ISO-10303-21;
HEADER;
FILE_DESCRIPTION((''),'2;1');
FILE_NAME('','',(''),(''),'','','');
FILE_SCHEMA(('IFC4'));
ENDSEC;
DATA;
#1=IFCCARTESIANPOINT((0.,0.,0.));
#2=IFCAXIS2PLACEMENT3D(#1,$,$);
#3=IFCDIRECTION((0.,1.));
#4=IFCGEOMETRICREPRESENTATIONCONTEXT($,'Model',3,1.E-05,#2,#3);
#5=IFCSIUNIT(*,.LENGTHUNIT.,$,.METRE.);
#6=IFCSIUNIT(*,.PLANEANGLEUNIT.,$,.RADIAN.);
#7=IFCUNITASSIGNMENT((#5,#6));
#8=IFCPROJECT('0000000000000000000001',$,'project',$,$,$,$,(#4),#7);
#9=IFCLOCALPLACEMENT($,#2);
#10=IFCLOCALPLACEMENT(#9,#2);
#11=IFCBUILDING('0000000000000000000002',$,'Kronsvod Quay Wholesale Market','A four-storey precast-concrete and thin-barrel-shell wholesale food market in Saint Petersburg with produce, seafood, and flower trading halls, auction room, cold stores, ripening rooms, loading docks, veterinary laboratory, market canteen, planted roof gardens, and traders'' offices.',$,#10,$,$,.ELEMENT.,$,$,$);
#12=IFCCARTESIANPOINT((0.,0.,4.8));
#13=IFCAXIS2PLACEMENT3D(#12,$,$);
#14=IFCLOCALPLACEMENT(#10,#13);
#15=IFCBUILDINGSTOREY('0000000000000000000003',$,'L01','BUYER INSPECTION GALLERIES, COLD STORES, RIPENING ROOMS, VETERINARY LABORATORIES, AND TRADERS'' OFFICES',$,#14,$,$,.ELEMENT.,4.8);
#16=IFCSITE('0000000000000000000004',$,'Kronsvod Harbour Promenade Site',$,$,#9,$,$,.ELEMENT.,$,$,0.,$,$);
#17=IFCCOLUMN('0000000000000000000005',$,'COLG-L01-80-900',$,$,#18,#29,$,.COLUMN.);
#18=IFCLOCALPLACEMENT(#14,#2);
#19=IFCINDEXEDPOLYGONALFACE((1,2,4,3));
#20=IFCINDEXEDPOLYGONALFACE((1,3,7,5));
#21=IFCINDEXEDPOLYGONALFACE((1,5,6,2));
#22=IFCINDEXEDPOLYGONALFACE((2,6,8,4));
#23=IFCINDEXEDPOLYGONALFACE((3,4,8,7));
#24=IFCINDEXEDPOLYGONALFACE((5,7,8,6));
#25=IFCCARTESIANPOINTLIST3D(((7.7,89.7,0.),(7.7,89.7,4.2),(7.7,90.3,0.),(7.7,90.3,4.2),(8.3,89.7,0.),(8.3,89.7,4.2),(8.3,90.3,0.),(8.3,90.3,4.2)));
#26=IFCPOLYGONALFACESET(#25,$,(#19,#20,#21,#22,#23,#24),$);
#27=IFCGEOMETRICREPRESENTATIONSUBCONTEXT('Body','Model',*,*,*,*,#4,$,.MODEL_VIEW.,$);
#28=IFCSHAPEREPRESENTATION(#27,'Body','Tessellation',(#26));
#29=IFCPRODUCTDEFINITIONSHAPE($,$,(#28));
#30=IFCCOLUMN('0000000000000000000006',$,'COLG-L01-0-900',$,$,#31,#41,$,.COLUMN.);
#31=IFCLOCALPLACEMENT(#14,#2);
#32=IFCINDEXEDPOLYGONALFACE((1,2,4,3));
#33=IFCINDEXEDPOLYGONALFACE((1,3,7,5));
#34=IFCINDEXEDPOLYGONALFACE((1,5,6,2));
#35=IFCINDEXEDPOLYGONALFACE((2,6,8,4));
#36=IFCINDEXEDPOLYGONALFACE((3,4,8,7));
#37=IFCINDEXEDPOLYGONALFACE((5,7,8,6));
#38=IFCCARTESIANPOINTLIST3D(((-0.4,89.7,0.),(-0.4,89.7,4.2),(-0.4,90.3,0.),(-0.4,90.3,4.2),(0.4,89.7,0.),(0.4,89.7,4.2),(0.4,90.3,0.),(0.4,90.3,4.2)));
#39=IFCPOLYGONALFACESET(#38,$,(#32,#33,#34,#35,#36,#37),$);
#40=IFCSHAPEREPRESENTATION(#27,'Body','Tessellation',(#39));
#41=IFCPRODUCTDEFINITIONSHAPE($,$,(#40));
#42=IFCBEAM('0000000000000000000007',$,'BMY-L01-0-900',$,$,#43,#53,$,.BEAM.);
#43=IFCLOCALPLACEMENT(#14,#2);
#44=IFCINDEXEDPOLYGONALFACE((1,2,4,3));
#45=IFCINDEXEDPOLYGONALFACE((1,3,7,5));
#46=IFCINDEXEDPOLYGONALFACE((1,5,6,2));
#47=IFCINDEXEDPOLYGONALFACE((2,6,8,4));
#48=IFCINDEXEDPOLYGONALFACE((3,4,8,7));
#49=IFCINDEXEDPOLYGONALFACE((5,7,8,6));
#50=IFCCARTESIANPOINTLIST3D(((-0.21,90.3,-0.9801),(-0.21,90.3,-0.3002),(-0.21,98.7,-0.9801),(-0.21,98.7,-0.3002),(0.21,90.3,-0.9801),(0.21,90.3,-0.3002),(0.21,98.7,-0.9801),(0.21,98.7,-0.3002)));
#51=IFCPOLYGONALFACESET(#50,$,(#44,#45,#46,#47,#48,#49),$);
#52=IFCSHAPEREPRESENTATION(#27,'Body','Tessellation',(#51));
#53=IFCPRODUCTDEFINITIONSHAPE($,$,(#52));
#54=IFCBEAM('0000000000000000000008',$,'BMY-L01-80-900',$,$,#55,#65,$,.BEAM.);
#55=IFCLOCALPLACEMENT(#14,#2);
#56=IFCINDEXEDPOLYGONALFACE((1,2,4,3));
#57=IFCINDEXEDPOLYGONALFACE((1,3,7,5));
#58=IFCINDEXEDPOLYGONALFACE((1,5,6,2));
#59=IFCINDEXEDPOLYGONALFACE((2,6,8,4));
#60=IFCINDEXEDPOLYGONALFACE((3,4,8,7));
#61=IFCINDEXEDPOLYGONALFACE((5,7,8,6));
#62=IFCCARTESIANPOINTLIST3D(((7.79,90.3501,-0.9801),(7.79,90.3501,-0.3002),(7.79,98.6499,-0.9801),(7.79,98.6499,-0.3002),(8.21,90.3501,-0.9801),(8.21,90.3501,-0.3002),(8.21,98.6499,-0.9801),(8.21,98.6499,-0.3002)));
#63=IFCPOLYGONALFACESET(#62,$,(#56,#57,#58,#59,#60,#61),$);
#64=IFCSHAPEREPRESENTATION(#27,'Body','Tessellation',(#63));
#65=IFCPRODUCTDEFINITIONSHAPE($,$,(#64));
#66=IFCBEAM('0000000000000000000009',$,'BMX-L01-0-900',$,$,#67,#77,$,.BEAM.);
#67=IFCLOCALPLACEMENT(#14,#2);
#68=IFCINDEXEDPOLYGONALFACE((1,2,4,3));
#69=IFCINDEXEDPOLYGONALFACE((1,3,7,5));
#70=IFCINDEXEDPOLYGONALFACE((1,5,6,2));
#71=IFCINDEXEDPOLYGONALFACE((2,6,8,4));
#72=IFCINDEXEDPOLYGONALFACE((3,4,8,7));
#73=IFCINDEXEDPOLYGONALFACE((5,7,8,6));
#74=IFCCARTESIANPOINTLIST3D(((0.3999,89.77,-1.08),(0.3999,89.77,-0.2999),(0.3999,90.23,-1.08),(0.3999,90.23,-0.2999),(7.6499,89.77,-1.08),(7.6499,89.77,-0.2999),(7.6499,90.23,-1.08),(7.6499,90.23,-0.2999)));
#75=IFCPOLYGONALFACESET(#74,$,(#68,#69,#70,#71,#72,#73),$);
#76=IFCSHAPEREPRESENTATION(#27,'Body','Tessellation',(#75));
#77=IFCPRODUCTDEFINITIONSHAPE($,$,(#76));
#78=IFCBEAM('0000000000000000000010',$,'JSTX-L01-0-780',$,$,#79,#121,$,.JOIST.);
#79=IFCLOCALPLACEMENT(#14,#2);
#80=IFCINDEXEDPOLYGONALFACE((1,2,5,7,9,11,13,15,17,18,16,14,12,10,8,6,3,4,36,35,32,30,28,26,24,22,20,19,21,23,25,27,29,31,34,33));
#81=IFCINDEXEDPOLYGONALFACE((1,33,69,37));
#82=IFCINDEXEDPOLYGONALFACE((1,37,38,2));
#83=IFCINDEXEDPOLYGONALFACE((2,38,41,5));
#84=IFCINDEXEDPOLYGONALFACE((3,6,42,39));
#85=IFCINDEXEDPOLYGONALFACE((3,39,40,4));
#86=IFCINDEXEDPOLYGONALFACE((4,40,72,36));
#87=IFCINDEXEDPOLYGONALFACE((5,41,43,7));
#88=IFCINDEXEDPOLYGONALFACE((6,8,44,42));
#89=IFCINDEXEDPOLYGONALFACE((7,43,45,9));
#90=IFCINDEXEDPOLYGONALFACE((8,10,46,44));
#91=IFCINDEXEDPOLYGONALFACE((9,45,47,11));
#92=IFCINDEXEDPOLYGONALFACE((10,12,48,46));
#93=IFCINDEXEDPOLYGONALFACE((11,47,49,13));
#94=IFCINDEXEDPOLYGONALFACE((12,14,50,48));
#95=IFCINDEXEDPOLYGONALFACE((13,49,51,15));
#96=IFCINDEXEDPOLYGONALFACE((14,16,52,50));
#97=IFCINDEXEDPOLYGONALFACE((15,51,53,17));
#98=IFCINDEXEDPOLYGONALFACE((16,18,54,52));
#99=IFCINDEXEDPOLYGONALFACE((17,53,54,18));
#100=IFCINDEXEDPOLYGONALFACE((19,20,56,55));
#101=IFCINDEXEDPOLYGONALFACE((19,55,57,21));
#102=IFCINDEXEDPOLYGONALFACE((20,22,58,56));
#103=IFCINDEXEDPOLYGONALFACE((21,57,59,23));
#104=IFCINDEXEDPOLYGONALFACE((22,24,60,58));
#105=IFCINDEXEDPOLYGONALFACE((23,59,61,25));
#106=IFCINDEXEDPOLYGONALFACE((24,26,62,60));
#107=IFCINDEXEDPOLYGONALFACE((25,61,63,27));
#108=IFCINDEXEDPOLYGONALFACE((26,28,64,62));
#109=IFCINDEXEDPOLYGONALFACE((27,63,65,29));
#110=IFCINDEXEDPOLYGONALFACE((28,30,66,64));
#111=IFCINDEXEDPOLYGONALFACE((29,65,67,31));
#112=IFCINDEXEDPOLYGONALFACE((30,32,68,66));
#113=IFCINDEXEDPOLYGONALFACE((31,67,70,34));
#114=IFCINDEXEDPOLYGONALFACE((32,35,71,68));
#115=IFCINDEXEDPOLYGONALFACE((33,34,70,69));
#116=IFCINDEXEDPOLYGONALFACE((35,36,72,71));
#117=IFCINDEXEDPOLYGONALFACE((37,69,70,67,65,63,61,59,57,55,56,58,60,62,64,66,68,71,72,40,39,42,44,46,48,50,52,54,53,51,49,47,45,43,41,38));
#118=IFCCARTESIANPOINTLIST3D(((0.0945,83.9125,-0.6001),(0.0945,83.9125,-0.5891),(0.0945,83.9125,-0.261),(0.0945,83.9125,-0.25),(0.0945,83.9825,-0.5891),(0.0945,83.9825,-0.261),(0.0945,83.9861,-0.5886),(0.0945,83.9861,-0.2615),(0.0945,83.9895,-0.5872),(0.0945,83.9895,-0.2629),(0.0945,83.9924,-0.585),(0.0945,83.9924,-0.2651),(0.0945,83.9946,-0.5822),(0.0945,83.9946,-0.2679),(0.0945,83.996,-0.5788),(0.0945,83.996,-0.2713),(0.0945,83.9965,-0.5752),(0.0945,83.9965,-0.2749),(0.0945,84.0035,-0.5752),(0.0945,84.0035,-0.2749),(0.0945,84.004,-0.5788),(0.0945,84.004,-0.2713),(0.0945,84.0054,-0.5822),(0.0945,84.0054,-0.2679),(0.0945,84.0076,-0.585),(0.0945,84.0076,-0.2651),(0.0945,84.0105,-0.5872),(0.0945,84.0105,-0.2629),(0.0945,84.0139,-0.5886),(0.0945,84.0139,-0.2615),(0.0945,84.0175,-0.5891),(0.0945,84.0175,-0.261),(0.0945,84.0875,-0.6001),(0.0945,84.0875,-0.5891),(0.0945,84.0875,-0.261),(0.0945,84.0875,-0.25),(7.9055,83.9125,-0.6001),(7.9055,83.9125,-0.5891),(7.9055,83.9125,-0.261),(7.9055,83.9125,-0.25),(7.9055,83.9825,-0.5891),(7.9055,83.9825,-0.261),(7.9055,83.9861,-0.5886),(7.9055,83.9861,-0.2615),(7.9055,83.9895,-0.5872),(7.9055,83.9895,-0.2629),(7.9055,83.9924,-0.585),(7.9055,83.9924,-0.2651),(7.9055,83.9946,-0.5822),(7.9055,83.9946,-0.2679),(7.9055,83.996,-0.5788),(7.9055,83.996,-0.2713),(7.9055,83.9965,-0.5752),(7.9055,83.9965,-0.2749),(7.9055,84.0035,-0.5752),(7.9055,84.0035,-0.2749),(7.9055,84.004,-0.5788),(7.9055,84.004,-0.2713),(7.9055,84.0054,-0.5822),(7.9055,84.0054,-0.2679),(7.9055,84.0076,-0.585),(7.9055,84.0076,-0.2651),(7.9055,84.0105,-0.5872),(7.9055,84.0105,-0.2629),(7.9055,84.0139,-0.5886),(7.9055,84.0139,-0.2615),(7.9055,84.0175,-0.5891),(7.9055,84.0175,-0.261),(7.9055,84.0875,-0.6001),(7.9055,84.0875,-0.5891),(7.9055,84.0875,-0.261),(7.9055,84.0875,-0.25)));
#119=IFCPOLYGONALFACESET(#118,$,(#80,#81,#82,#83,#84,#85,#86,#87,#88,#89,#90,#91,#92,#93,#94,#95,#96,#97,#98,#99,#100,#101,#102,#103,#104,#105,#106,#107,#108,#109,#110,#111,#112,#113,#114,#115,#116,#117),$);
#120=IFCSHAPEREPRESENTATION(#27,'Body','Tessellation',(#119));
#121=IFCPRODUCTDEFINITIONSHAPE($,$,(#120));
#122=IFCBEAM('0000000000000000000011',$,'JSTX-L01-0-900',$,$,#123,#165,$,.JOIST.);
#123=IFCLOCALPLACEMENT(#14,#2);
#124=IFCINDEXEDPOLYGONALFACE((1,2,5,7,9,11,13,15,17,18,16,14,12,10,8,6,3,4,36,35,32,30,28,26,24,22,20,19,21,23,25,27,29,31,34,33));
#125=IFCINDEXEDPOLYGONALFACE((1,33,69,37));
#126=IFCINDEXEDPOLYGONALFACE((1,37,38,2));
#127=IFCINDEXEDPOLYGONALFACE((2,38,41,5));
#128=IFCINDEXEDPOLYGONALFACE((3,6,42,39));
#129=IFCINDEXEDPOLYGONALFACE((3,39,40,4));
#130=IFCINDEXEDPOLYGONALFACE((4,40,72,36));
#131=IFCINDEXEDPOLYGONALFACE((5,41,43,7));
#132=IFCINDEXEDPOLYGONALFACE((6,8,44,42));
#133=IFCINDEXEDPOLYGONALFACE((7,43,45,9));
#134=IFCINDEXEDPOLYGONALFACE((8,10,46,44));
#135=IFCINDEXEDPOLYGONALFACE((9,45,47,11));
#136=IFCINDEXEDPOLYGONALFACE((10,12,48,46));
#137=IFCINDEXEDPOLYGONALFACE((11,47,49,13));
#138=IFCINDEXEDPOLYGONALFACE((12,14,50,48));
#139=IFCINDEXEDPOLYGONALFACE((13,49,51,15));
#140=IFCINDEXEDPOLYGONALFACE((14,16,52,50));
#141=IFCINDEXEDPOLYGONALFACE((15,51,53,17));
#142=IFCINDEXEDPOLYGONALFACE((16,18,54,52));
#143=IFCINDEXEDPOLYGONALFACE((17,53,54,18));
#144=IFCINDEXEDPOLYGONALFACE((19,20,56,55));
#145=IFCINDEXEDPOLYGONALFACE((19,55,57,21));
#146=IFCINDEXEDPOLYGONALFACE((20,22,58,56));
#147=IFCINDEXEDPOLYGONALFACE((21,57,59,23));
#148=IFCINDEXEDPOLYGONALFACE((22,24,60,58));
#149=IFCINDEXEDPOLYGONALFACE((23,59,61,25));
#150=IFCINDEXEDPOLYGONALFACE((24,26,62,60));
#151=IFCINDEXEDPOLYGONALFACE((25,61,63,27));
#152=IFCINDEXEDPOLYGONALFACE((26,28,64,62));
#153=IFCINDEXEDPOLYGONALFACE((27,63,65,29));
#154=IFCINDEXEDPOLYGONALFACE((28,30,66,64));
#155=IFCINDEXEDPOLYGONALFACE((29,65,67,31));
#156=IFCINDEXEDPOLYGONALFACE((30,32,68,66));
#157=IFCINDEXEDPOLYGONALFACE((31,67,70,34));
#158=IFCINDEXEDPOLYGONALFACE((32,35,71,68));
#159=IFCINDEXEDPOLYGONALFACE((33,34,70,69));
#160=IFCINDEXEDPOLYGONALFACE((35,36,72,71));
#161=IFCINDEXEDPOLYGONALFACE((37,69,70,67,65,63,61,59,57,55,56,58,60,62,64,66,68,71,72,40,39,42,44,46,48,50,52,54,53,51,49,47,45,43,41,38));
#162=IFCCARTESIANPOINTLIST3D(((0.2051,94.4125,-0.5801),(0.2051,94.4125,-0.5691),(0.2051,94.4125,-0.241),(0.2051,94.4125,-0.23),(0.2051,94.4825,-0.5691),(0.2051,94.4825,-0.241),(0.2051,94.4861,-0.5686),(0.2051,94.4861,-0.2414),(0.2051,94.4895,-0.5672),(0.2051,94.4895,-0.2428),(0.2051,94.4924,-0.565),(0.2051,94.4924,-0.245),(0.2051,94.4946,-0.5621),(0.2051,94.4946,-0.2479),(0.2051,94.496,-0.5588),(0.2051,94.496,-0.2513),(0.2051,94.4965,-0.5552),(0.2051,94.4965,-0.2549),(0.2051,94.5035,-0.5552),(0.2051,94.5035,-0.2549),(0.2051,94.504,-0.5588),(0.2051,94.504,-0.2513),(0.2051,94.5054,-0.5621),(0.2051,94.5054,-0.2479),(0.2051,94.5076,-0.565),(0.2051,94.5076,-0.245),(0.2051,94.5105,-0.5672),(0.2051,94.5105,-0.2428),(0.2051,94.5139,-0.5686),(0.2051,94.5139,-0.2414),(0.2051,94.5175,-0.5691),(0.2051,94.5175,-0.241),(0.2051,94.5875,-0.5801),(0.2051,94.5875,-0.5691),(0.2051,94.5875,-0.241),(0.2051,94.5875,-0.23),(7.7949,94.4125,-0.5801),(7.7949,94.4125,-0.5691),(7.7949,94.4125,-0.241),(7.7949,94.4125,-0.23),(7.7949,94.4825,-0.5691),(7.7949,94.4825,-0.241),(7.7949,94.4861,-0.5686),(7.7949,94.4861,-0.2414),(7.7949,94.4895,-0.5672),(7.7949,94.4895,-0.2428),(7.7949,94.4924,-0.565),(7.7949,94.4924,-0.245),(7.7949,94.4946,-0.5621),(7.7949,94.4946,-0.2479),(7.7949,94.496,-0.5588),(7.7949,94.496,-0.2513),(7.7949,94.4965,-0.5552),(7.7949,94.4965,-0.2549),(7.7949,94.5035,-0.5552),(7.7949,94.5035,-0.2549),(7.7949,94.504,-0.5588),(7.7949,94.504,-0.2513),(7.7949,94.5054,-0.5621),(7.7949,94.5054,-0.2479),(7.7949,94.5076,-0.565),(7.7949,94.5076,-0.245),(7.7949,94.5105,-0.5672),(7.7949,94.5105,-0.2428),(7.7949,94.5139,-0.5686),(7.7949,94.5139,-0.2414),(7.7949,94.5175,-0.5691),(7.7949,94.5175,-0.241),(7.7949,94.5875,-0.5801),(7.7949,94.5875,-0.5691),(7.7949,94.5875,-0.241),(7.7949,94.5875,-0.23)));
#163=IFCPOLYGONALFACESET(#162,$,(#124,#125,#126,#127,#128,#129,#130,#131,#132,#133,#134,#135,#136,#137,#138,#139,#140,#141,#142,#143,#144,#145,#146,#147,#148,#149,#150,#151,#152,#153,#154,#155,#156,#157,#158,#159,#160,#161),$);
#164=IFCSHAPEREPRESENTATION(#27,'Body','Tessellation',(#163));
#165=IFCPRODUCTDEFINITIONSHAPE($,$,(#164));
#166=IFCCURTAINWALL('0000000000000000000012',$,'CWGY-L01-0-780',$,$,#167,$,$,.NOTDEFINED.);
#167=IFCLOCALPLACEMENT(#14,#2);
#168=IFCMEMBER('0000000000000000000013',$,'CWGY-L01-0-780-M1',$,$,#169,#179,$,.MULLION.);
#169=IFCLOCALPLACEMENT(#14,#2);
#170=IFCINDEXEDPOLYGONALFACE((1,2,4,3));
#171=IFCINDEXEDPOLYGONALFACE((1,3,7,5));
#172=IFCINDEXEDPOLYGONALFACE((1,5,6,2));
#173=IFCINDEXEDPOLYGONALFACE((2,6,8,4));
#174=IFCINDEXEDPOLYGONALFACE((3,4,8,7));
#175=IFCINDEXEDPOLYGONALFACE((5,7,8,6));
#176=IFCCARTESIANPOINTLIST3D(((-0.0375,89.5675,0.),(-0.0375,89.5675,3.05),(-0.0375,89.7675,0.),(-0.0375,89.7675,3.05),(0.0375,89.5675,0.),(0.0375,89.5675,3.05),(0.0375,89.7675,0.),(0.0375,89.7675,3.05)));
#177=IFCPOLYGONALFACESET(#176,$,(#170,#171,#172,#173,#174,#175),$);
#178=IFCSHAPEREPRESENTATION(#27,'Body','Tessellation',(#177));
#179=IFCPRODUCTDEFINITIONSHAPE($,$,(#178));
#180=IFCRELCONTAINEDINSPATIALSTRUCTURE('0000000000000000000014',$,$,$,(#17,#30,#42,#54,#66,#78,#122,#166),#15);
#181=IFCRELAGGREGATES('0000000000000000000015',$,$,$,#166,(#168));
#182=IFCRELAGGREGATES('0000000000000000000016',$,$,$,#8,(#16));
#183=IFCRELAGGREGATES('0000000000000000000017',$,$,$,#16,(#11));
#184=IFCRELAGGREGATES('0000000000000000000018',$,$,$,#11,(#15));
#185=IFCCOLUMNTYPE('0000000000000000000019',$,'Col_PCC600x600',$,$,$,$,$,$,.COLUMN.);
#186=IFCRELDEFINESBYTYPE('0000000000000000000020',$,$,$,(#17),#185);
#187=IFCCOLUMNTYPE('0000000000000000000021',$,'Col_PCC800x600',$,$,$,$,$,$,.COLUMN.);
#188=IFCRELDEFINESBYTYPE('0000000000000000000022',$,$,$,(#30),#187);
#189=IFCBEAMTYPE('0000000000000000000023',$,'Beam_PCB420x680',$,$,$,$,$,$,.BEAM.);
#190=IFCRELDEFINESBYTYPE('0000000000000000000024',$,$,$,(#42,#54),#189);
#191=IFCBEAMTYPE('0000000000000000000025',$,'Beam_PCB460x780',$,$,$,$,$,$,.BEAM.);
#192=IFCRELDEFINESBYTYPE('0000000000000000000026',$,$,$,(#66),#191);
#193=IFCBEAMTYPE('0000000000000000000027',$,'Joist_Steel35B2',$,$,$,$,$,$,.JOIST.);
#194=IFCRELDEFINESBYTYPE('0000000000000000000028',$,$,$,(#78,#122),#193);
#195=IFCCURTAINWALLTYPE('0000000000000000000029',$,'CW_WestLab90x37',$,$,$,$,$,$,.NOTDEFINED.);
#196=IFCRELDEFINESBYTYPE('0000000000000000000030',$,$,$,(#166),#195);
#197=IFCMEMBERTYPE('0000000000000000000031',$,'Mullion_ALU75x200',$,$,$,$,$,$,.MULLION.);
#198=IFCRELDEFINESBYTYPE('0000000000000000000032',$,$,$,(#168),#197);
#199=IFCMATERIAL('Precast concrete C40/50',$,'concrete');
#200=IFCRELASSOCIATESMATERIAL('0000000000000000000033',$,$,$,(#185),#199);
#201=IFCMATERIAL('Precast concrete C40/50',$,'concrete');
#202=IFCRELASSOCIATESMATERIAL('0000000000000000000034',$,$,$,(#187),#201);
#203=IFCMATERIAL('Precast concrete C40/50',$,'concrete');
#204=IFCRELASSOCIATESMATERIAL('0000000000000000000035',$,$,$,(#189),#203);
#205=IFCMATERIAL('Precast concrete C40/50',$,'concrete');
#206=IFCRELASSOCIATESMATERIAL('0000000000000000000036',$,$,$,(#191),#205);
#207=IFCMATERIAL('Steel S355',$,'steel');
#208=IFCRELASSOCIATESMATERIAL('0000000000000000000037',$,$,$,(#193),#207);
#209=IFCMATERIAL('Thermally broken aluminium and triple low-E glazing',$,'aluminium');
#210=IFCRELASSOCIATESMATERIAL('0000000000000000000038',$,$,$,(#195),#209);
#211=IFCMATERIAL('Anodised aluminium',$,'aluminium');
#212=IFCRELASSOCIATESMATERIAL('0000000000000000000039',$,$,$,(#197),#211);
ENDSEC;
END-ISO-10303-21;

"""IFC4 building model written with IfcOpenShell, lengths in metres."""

from ifc_helpers import new_model, si_unit, direction, frame, origin, origin_2d, place, context, subcontext, project, spatial, rectangle, i_section, extrude, material, material_profile, profile_set, type_object, element, aggregate, save


model = new_model("IFC4")

# Units and contexts
model_context = context("Model", 3, precision=1e-05, world=origin(), true_north=direction((0.0, 1.0)))
body_context = subcontext(model_context, "Body", "Model", "MODEL_VIEW")
ifc_project = project(units=[si_unit("LENGTHUNIT", "METRE"), si_unit("PLANEANGLEUNIT", "RADIAN")], contexts=[model_context])

# Site, building, storey
site_placement = place(None, origin())
site = spatial("IfcSite", under=ifc_project, at=site_placement, Name="Kronsvod Harbour Promenade Site", CompositionType="ELEMENT", RefElevation=0.0)
building_placement = place(site_placement, origin())
building = spatial("IfcBuilding", under=site, at=building_placement, Name="Kronsvod Quay Wholesale Market", Description="A four-storey precast-concrete and thin-barrel-shell wholesale food market in Saint Petersburg with produce, seafood, and flower trading halls, auction room, cold stores, ripening rooms, loading docks, veterinary laboratory, market canteen, planted roof gardens, and traders' offices.", CompositionType="ELEMENT")
storey_placement = place(building_placement, frame((0.0, 0.0, 4.8)))
storey = spatial("IfcBuildingStorey", under=building, at=storey_placement, Name="L01", Description="BUYER INSPECTION GALLERIES, COLD STORES, RIPENING ROOMS, VETERINARY LABORATORIES, AND TRADERS' OFFICES", CompositionType="ELEMENT", Elevation=4.8)

# Columns
ifc_material_1 = material(Name="Precast concrete C40/50", Category="concrete")
ifc_material_profile_1 = material_profile(ifc_material_1, rectangle(XDim=0.6001, YDim=0.6001, at=origin_2d()), Name="PCC600x600")
ifc_profile_set_1 = profile_set([ifc_material_profile_1], Name="Precast concrete C40/50")
column_type_1 = type_object("IfcColumnType", Name="Col_PCC600x600", PredefinedType="COLUMN", material=ifc_profile_set_1)
column_1_placement = place(storey_placement, frame((8.0, 90.0, 0.0), z_axis=(0.0, 0.0, 1.0), x_axis=(1.0, 0.0, 0.0)))
element("IfcColumn", 1, at=column_1_placement, inside=storey, type_object=column_type_1, Name="COLG-L01-80-900", PredefinedType="COLUMN", context=body_context, shape_type="SweptSolid", body=[
    extrude(rectangle(XDim=0.6001, YDim=0.6001, at=origin_2d()), origin(), (0.0, 0.0, 1.0), 4.2),
])
ifc_material_2 = material(Name="Precast concrete C40/50", Category="concrete")
ifc_material_profile_2 = material_profile(ifc_material_2, rectangle(XDim=0.8, YDim=0.6001, at=origin_2d()), Name="PCC800x600")
ifc_profile_set_2 = profile_set([ifc_material_profile_2], Name="Precast concrete C40/50")
column_type_2 = type_object("IfcColumnType", Name="Col_PCC800x600", PredefinedType="COLUMN", material=ifc_profile_set_2)
column_2_placement = place(storey_placement, frame((0.0, 90.0, 0.0), z_axis=(0.0, 0.0, 1.0), x_axis=(1.0, 0.0, 0.0)))
element("IfcColumn", 2, at=column_2_placement, inside=storey, type_object=column_type_2, Name="COLG-L01-0-900", PredefinedType="COLUMN", context=body_context, shape_type="SweptSolid", body=[
    extrude(rectangle(XDim=0.8, YDim=0.6001, at=origin_2d()), origin(), (0.0, 0.0, 1.0), 4.2),
])

# Beams
ifc_material_3 = material(Name="Precast concrete C40/50", Category="concrete")
ifc_material_profile_3 = material_profile(ifc_material_3, rectangle(XDim=0.4199, YDim=0.6799, at=origin_2d()), Name="PB-05")
ifc_profile_set_3 = profile_set([ifc_material_profile_3], Name="Precast concrete C40/50")
beam_type_1 = type_object("IfcBeamType", Name="Beam_PCB420x680", PredefinedType="BEAM", material=ifc_profile_set_3)
beam_1_placement = place(storey_placement, frame((0.0, 90.3, -0.6401), z_axis=(0.0, 1.0, 0.0), x_axis=(-1.0, 0.0, 0.0)))
element("IfcBeam", 3, at=beam_1_placement, inside=storey, type_object=beam_type_1, Name="BMY-L01-0-900", PredefinedType="BEAM", context=body_context, shape_type="SweptSolid", body=[
    extrude(rectangle(XDim=0.4199, YDim=0.6799, at=origin_2d()), origin(), (0.0, 0.0, 1.0), 8.3999),
])
beam_2_placement = place(storey_placement, frame((8.0, 90.3501, -0.6401), z_axis=(0.0, 1.0, 0.0), x_axis=(-1.0, 0.0, 0.0)))
element("IfcBeam", 4, at=beam_2_placement, inside=storey, type_object=beam_type_1, Name="BMY-L01-80-900", PredefinedType="BEAM", context=body_context, shape_type="SweptSolid", body=[
    extrude(rectangle(XDim=0.4199, YDim=0.6799, at=origin_2d()), origin(), (0.0, 0.0, 1.0), 8.2998),
])
ifc_material_4 = material(Name="Precast concrete C40/50", Category="concrete")
ifc_material_profile_4 = material_profile(ifc_material_4, rectangle(XDim=0.46, YDim=0.78, at=origin_2d()), Name="PB-03")
ifc_profile_set_4 = profile_set([ifc_material_profile_4], Name="Precast concrete C40/50")
beam_type_2 = type_object("IfcBeamType", Name="Beam_PCB460x780", PredefinedType="BEAM", material=ifc_profile_set_4)
beam_3_placement = place(storey_placement, frame((0.3999, 90.0, -0.6899), z_axis=(1.0, 0.0, 0.0), x_axis=(0.0, 1.0, 0.0)))
element("IfcBeam", 5, at=beam_3_placement, inside=storey, type_object=beam_type_2, Name="BMX-L01-0-900", PredefinedType="BEAM", context=body_context, shape_type="SweptSolid", body=[
    extrude(rectangle(XDim=0.46, YDim=0.78, at=origin_2d()), origin(), (0.0, 0.0, 1.0), 7.25),
])
ifc_material_5 = material(Name="Steel S355", Category="steel")
ifc_material_profile_5 = material_profile(ifc_material_5, i_section(OverallWidth=0.175, OverallDepth=0.3501, WebThickness=0.0071, FlangeThickness=0.011, FilletRadius=0.0139, at=origin_2d()), Name="35B2")
ifc_profile_set_5 = profile_set([ifc_material_profile_5], Name="Steel S355")
beam_type_3 = type_object("IfcBeamType", Name="Joist_Steel35B2", PredefinedType="JOIST", material=ifc_profile_set_5)
beam_4_placement = place(storey_placement, frame((0.0945, 84.0, -0.425), z_axis=(1.0, 0.0, 0.0), x_axis=(0.0, 1.0, 0.0)))
element("IfcBeam", 6, at=beam_4_placement, inside=storey, type_object=beam_type_3, Name="JSTX-L01-0-780", PredefinedType="JOIST", context=body_context, shape_type="SweptSolid", body=[
    extrude(i_section(OverallWidth=0.175, OverallDepth=0.3501, WebThickness=0.0071, FlangeThickness=0.011, FilletRadius=0.0139, at=origin_2d()), origin(), (0.0, 0.0, 1.0), 7.811),
])
beam_5_placement = place(storey_placement, frame((0.2051, 94.5, -0.405), z_axis=(1.0, 0.0, 0.0), x_axis=(0.0, 1.0, 0.0)))
element("IfcBeam", 7, at=beam_5_placement, inside=storey, type_object=beam_type_3, Name="JSTX-L01-0-900", PredefinedType="JOIST", context=body_context, shape_type="SweptSolid", body=[
    extrude(i_section(OverallWidth=0.175, OverallDepth=0.3501, WebThickness=0.0071, FlangeThickness=0.011, FilletRadius=0.0139, at=origin_2d()), origin(), (0.0, 0.0, 1.0), 7.5898),
])

# Curtain wall, member
ifc_material_6 = material(Name="Thermally broken aluminium and triple low-E glazing", Category="aluminium")
curtain_wall_type_1 = type_object("IfcCurtainWallType", Name="CW_WestLab90x37", PredefinedType="NOTDEFINED", material=ifc_material_6)
curtain_wall_1_placement = place(storey_placement, origin())
curtain_wall_1 = element("IfcCurtainWall", 8, at=curtain_wall_1_placement, inside=storey, type_object=curtain_wall_type_1, Name="CWGY-L01-0-780", PredefinedType="NOTDEFINED")
ifc_material_7 = material(Name="Anodised aluminium", Category="aluminium")
ifc_material_profile_6 = material_profile(ifc_material_7, rectangle(XDim=0.075, YDim=0.2, at=origin_2d()), Name="ALUM75x200")
ifc_profile_set_6 = profile_set([ifc_material_profile_6], Name="Anodised aluminium")
member_type_1 = type_object("IfcMemberType", Name="Mullion_ALU75x200", PredefinedType="MULLION", material=ifc_profile_set_6)
member_1_placement = place(storey_placement, frame((0.0, 89.6675, 0.0), z_axis=(0.0, 0.0, 1.0), x_axis=(1.0, 0.0, 0.0)))
member_1 = element("IfcMember", 9, at=member_1_placement, type_object=member_type_1, Name="CWGY-L01-0-780-M1", PredefinedType="MULLION", context=body_context, shape_type="SweptSolid", body=[
    extrude(rectangle(XDim=0.075, YDim=0.2, at=origin_2d()), origin(), (0.0, 0.0, 1.0), 3.05),
])

aggregate(curtain_wall_1, [member_1])

save(model, "model.ifc")
